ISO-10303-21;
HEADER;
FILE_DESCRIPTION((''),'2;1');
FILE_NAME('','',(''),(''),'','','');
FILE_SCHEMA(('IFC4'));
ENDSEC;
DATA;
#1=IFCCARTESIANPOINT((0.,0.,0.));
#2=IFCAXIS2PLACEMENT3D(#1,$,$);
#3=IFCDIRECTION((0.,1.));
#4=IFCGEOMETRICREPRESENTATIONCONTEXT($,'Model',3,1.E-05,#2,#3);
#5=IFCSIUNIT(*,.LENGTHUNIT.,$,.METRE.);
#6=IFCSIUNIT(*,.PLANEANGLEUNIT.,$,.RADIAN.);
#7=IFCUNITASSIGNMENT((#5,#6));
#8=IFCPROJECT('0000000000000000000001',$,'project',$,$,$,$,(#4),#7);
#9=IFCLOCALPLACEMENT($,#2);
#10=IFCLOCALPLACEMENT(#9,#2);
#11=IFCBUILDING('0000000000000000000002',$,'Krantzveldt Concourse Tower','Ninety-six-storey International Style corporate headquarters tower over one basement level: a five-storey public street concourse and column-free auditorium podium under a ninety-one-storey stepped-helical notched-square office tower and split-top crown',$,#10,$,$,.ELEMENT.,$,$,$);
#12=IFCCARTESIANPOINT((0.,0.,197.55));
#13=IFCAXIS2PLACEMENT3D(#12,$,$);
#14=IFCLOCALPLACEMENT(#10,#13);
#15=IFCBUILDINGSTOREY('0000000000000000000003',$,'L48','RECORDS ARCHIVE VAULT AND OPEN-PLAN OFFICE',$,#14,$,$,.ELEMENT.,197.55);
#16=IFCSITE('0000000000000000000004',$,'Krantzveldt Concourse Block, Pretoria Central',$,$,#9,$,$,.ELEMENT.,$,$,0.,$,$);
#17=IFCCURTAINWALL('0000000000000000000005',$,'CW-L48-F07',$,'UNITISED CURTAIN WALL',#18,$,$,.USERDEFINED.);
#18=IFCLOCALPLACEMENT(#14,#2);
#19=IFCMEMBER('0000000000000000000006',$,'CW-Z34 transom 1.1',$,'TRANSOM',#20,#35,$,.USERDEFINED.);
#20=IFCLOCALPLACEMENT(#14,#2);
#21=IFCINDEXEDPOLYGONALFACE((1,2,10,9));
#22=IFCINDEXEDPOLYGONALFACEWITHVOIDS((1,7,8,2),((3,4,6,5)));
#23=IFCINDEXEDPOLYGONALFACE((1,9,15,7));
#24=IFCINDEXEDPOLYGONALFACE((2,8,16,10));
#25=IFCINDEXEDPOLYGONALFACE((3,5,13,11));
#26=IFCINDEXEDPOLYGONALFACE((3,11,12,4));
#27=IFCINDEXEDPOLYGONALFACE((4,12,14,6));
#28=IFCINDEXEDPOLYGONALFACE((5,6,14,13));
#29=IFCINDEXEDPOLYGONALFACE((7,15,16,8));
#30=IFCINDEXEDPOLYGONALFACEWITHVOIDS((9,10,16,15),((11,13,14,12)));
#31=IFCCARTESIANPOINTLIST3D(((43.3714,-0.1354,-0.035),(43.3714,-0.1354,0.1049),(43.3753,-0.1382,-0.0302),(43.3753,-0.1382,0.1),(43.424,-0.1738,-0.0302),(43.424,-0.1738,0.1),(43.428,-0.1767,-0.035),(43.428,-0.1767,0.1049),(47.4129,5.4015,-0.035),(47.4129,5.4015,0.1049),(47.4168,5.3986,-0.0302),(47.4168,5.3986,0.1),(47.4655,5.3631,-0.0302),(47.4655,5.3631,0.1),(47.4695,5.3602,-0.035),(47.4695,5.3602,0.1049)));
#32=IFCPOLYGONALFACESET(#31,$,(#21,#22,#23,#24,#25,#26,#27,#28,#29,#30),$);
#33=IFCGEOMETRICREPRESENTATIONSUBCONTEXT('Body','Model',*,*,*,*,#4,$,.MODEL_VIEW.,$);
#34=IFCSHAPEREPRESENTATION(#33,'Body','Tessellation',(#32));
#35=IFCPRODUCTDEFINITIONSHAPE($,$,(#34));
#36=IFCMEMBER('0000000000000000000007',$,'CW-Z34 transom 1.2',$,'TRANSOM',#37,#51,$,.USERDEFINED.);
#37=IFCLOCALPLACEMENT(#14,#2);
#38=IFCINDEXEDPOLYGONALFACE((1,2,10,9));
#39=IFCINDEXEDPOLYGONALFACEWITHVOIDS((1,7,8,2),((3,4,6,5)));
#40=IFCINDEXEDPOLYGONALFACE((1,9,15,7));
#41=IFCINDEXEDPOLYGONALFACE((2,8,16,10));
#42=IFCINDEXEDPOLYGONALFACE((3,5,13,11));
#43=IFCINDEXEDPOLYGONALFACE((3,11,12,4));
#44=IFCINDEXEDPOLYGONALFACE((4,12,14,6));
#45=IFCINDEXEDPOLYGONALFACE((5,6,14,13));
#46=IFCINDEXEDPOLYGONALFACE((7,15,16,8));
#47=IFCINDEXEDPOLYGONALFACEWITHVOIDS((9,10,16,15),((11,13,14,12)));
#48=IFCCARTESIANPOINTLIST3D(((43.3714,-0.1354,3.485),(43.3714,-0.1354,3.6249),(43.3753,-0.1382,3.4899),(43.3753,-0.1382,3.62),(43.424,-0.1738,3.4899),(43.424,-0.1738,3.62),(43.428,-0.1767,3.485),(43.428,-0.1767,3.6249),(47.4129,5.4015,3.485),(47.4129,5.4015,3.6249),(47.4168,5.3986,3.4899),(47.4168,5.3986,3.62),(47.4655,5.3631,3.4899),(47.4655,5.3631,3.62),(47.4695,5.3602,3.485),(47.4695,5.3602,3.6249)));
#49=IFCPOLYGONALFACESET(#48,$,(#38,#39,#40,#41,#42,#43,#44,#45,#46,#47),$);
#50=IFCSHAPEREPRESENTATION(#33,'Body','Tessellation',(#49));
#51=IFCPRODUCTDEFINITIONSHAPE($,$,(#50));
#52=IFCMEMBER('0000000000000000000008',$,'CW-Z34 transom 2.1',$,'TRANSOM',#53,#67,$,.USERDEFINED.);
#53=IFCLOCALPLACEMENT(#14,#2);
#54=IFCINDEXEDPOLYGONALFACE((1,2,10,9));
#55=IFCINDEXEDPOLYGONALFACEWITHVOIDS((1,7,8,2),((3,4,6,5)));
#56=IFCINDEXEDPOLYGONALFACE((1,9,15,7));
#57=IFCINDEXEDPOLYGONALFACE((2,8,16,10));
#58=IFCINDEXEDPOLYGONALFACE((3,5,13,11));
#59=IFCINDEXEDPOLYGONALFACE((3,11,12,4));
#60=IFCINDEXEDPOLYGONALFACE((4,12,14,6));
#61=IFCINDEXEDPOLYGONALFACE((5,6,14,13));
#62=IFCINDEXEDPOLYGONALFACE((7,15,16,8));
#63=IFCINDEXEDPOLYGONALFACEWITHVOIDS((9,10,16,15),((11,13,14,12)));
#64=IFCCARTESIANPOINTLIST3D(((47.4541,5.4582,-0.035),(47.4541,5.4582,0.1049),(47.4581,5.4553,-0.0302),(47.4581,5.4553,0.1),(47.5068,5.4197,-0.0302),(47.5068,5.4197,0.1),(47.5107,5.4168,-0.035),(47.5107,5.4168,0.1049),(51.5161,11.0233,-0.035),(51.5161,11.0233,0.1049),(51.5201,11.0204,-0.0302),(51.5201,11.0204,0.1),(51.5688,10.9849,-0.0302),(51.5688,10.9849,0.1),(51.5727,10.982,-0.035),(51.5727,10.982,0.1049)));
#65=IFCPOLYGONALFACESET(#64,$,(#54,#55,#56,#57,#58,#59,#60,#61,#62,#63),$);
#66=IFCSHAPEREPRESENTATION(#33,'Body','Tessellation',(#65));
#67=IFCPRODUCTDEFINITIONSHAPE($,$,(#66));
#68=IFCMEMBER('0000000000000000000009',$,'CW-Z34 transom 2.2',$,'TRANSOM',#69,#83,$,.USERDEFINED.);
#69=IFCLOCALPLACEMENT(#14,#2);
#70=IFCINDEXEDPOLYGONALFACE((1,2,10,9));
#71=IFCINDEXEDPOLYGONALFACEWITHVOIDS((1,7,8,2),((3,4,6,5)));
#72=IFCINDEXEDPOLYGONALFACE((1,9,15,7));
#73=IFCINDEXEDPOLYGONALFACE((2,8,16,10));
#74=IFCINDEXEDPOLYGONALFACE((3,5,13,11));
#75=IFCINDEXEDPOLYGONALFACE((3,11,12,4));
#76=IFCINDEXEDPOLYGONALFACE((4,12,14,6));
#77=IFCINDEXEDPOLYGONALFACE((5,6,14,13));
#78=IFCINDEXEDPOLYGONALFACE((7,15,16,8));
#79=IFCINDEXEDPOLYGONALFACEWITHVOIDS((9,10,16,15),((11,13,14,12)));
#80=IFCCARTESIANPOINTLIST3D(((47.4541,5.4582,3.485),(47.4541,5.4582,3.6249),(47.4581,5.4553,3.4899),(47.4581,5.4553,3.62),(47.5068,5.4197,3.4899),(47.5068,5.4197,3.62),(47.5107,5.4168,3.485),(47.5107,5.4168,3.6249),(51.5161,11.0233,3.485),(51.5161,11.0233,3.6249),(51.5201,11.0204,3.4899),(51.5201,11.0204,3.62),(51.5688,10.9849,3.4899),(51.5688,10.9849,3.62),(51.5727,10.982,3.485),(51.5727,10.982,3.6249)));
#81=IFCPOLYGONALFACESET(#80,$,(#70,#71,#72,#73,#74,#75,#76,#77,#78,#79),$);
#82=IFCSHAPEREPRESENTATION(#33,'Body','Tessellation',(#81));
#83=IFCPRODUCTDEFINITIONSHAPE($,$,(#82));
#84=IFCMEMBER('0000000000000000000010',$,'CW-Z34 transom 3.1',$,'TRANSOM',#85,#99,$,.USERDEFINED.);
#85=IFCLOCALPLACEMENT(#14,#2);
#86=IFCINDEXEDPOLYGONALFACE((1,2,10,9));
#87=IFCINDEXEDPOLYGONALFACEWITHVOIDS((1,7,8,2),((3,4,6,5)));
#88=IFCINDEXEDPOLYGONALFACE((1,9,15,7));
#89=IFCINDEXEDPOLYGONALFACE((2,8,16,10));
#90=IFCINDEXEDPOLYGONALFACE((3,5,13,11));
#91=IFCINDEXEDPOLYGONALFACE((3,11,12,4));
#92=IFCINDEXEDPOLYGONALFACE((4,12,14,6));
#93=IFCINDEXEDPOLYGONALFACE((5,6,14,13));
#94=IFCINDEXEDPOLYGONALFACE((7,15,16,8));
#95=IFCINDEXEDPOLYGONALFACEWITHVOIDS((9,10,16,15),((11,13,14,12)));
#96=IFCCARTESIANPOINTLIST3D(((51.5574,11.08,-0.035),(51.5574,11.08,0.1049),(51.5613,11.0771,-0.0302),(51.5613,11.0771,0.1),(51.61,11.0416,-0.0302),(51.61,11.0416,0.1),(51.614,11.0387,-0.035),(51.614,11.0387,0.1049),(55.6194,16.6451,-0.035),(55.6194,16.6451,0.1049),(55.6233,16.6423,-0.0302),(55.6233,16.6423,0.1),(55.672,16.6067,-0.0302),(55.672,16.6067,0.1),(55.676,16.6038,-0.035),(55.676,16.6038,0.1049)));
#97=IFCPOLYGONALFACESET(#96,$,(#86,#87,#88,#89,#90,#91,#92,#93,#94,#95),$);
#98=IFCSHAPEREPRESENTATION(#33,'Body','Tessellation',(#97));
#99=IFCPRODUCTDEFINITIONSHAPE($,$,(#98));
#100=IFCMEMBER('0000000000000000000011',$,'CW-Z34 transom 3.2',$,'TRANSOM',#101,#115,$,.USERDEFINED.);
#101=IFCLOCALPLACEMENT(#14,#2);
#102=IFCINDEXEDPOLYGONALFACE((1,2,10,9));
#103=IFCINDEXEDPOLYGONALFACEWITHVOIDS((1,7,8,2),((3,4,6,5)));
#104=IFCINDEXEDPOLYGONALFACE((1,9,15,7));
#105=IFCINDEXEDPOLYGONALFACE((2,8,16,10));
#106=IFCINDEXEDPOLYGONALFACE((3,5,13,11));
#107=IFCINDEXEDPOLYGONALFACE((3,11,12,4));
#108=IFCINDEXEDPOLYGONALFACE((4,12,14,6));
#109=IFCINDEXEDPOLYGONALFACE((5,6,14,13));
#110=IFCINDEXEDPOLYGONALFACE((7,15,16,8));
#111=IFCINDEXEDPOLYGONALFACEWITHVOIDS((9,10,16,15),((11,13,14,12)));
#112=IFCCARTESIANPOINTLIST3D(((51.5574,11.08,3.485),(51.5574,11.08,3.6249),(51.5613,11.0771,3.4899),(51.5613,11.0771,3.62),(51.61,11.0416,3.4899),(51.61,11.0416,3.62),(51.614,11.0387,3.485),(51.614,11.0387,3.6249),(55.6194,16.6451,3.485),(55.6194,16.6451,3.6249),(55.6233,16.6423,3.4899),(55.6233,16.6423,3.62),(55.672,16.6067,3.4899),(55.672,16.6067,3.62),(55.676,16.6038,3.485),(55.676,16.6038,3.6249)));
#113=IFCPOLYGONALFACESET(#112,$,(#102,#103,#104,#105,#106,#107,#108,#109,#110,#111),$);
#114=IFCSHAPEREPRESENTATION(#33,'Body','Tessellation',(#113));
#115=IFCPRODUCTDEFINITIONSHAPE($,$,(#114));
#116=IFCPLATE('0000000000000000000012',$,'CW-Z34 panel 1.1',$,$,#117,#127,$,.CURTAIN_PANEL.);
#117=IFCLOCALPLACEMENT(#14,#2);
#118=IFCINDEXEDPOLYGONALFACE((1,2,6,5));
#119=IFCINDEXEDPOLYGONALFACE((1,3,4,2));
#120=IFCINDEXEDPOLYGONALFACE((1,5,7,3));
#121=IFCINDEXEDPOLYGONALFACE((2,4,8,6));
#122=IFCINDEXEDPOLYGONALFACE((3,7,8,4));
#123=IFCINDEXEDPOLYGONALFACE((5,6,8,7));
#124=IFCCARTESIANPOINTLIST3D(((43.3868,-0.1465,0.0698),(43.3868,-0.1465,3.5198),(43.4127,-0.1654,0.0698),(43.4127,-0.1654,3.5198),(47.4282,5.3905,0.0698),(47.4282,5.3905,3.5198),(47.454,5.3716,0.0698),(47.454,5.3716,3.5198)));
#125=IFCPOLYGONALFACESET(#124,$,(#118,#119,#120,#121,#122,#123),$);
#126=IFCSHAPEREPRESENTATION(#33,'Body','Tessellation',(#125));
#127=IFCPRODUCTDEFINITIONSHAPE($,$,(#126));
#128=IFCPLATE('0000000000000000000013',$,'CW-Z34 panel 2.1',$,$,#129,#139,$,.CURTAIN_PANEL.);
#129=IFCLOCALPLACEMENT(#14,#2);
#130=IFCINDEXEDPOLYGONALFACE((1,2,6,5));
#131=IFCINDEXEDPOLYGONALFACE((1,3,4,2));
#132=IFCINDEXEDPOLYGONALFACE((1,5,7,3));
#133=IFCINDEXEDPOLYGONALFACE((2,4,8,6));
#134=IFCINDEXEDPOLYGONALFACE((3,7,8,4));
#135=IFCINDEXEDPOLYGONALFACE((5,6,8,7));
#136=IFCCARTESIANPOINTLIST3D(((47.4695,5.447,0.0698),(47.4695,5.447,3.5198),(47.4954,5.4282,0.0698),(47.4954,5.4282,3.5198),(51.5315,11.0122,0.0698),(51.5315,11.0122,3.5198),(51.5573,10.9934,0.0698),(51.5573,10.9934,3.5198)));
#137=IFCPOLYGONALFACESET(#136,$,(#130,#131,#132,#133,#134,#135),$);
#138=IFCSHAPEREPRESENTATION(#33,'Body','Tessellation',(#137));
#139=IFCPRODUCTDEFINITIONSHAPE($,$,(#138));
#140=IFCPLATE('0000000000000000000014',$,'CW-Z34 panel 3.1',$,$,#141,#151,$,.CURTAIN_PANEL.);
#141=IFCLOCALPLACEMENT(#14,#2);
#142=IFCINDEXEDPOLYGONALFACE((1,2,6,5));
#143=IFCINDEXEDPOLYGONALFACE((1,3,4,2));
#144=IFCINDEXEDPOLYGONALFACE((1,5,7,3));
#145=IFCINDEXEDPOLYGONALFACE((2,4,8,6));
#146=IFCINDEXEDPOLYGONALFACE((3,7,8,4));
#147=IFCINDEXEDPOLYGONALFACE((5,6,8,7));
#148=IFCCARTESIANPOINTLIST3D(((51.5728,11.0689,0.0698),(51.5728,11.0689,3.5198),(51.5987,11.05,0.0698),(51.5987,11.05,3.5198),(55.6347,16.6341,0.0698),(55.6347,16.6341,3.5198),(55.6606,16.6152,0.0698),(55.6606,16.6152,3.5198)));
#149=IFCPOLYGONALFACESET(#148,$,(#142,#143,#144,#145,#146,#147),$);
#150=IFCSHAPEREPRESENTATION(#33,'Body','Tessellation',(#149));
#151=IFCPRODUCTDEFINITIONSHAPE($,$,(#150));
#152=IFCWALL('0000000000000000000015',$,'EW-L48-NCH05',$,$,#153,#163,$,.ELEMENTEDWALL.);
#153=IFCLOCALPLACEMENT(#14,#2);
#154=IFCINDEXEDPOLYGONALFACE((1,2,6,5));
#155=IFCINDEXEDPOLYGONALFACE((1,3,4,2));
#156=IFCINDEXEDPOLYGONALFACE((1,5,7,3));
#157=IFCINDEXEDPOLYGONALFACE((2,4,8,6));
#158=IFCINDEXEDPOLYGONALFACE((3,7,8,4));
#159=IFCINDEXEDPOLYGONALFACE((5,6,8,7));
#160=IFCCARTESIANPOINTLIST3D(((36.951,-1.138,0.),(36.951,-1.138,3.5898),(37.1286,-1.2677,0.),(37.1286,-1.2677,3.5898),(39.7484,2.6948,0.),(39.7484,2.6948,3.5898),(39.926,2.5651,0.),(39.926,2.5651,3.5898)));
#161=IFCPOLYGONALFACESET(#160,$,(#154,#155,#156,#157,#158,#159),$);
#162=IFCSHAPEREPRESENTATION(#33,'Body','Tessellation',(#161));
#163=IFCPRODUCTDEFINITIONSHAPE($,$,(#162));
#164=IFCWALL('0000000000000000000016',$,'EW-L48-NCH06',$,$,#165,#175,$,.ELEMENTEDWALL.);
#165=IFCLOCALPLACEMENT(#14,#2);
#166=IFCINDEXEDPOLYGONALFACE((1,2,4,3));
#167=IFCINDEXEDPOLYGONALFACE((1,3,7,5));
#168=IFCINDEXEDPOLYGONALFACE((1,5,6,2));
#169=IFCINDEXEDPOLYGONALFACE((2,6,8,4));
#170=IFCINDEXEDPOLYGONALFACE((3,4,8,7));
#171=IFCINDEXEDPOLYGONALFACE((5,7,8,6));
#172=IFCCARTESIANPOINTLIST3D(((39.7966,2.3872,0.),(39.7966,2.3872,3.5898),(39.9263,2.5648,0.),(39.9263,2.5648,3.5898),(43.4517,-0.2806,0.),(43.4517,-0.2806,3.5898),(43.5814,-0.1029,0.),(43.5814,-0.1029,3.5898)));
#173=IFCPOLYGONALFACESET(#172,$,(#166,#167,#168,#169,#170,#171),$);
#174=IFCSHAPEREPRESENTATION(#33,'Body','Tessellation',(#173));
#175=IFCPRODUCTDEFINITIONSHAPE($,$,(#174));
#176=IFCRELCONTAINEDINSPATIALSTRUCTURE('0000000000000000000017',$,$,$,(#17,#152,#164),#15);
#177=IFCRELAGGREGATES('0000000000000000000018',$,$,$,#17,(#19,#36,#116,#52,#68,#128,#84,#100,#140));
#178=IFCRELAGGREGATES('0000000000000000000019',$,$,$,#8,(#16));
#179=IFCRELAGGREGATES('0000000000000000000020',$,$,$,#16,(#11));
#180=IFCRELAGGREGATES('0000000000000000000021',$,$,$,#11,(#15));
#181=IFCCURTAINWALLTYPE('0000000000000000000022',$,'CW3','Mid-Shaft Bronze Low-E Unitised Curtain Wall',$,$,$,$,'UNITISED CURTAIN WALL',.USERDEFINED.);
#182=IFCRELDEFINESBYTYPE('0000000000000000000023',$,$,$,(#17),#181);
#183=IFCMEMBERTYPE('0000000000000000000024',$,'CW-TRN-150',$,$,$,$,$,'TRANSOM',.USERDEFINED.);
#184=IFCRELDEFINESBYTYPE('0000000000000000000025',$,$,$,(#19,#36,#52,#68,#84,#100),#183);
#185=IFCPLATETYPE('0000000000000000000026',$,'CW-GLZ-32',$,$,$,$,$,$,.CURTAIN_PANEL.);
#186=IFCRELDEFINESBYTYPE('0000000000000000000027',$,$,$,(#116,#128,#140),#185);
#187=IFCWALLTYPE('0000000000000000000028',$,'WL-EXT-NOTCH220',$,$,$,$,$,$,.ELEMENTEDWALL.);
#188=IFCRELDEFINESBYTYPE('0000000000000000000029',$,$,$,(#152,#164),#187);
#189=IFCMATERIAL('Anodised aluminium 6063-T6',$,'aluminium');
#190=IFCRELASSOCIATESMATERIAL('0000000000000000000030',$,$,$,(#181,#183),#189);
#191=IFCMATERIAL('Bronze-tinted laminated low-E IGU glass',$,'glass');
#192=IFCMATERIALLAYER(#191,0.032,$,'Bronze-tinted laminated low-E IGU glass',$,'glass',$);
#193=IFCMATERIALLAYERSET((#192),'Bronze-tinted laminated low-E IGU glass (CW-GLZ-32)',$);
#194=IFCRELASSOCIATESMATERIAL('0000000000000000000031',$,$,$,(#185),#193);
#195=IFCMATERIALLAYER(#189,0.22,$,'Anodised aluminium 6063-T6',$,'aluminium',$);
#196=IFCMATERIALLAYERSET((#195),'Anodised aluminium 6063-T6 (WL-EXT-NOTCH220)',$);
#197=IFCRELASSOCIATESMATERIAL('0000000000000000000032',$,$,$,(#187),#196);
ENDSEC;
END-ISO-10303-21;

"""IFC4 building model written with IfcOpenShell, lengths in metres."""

from ifc_helpers import new_model, si_unit, direction, frame, frame_2d, origin, origin_2d, place, context, subcontext, project, spatial, rectangle, hollow_rectangle, extrude, source, transform, mapped, material, layer, layer_set, material_profile, profile_set, type_object, type_shapes, element, aggregate, save


model = new_model("IFC4")

# Units and contexts
model_context = context("Model", 3, precision=1e-05, world=origin(), true_north=direction((0.0, 1.0)))
body_context = subcontext(model_context, "Body", "Model", "MODEL_VIEW")
ifc_project = project(units=[si_unit("LENGTHUNIT", "METRE"), si_unit("PLANEANGLEUNIT", "RADIAN")], contexts=[model_context])

# Site, building, storey
site_placement = place(None, origin())
site = spatial("IfcSite", under=ifc_project, at=site_placement, Name="Krantzveldt Concourse Block, Pretoria Central", CompositionType="ELEMENT", RefElevation=0.0)
building_placement = place(site_placement, origin())
building = spatial("IfcBuilding", under=site, at=building_placement, Name="Krantzveldt Concourse Tower", Description="Ninety-six-storey International Style corporate headquarters tower over one basement level: a five-storey public street concourse and column-free auditorium podium under a ninety-one-storey stepped-helical notched-square office tower and split-top crown", CompositionType="ELEMENT")
storey_placement = place(building_placement, frame((0.0, 0.0, 197.55)))
storey = spatial("IfcBuildingStorey", under=building, at=storey_placement, Name="L48", Description="RECORDS ARCHIVE VAULT AND OPEN-PLAN OFFICE", CompositionType="ELEMENT", Elevation=197.55)

# Shared definitions
ifc_material_1 = material(Name="Anodised aluminium 6063-T6", Category="aluminium")
curtain_wall_type = type_object("IfcCurtainWallType", Name="CW3", Description="Mid-Shaft Bronze Low-E Unitised Curtain Wall", ElementType="UNITISED CURTAIN WALL", PredefinedType="USERDEFINED", material=ifc_material_1)

# Curtain wall, members, plates
curtain_wall_1_placement = place(storey_placement, origin())
curtain_wall_1 = element("IfcCurtainWall", 1, at=curtain_wall_1_placement, inside=storey, type_object=curtain_wall_type, Name="CW-L48-F07", ObjectType="UNITISED CURTAIN WALL", PredefinedType="USERDEFINED")
ifc_material_profile_1 = material_profile(ifc_material_1, hollow_rectangle(XDim=0.0701, YDim=0.1399, WallThickness=0.0049, at=origin_2d()), Name="Anodised aluminium 6063-T6", Category="aluminium")
ifc_profile_set_1 = profile_set([ifc_material_profile_1], Name="Anodised aluminium 6063-T6 - ALU-TRAN 140x70x5")
member_type_1 = type_object("IfcMemberType", Name="CW-TRN-150", ElementType="TRANSOM", PredefinedType="USERDEFINED", material=ifc_profile_set_1)
shared_shape_1 = source(origin(), body_context, "Body", "SweptSolid", [
    extrude(hollow_rectangle(XDim=0.0701, YDim=0.1399, WallThickness=0.0049, at=origin_2d()), origin(), (0.0, 0.0, 1.0), 6.855),
])
member_1_placement = place(storey_placement, frame((43.3997, -0.156, 0.0349), z_axis=(0.589573, 0.807715, 0.0), x_axis=(-0.807715, 0.589573, 0.0)))
member_1 = element("IfcMember", 2, at=member_1_placement, type_object=member_type_1, Name="CW-Z34 transom 1.1", ObjectType="TRANSOM", PredefinedType="USERDEFINED", context=body_context, shape_type="MappedRepresentation", body=[
    mapped(shared_shape_1, transform((0.0, 0.0, 0.0), x_axis=(1.0, 0.0, 0.0), y_axis=(0.0, 1.0, 0.0), z_axis=(0.0, 0.0, 1.0), scale=1.0)),
])
member_2_placement = place(storey_placement, frame((43.3997, -0.156, 3.5549), z_axis=(0.589573, 0.807715, 0.0), x_axis=(-0.807715, 0.589573, 0.0)))
member_2 = element("IfcMember", 3, at=member_2_placement, type_object=member_type_1, Name="CW-Z34 transom 1.2", ObjectType="TRANSOM", PredefinedType="USERDEFINED", context=body_context, shape_type="MappedRepresentation", body=[
    mapped(shared_shape_1, transform((0.0, 0.0, 0.0), x_axis=(1.0, 0.0, 0.0), y_axis=(0.0, 1.0, 0.0), z_axis=(0.0, 0.0, 1.0), scale=1.0)),
])
shared_shape_2 = source(origin(), body_context, "Body", "SweptSolid", [
    extrude(hollow_rectangle(XDim=0.0701, YDim=0.1399, WallThickness=0.0049, at=origin_2d()), origin(), (0.0, 0.0, 1.0), 6.8899),
])
type_shapes(member_type_1, [shared_shape_1, shared_shape_2])
member_3_placement = place(storey_placement, frame((47.4824, 5.4375, 0.0349), z_axis=(0.589557, 0.807727, 0.0), x_axis=(-0.807727, 0.589557, 0.0)))
member_3 = element("IfcMember", 4, at=member_3_placement, type_object=member_type_1, Name="CW-Z34 transom 2.1", ObjectType="TRANSOM", PredefinedType="USERDEFINED", context=body_context, shape_type="MappedRepresentation", body=[
    mapped(shared_shape_2, transform((0.0, 0.0, 0.0), x_axis=(1.0, 0.0, 0.0), y_axis=(0.0, 1.0, 0.0), z_axis=(0.0, 0.0, 1.0), scale=1.0)),
])
member_4_placement = place(storey_placement, frame((47.4824, 5.4375, 3.5549), z_axis=(0.589557, 0.807727, 0.0), x_axis=(-0.807727, 0.589557, 0.0)))
member_4 = element("IfcMember", 5, at=member_4_placement, type_object=member_type_1, Name="CW-Z34 transom 2.2", ObjectType="TRANSOM", PredefinedType="USERDEFINED", context=body_context, shape_type="MappedRepresentation", body=[
    mapped(shared_shape_2, transform((0.0, 0.0, 0.0), x_axis=(1.0, 0.0, 0.0), y_axis=(0.0, 1.0, 0.0), z_axis=(0.0, 0.0, 1.0), scale=1.0)),
])
member_5_placement = place(storey_placement, frame((51.5857, 11.0593, 0.0349), z_axis=(0.589557, 0.807727, 0.0), x_axis=(-0.807727, 0.589557, 0.0)))
member_5 = element("IfcMember", 6, at=member_5_placement, type_object=member_type_1, Name="CW-Z34 transom 3.1", ObjectType="TRANSOM", PredefinedType="USERDEFINED", context=body_context, shape_type="MappedRepresentation", body=[
    mapped(shared_shape_2, transform((0.0, 0.0, 0.0), x_axis=(1.0, 0.0, 0.0), y_axis=(0.0, 1.0, 0.0), z_axis=(0.0, 0.0, 1.0), scale=1.0)),
])
member_6_placement = place(storey_placement, frame((51.5857, 11.0593, 3.5549), z_axis=(0.589557, 0.807727, 0.0), x_axis=(-0.807727, 0.589557, 0.0)))
member_6 = element("IfcMember", 7, at=member_6_placement, type_object=member_type_1, Name="CW-Z34 transom 3.2", ObjectType="TRANSOM", PredefinedType="USERDEFINED", context=body_context, shape_type="MappedRepresentation", body=[
    mapped(shared_shape_2, transform((0.0, 0.0, 0.0), x_axis=(1.0, 0.0, 0.0), y_axis=(0.0, 1.0, 0.0), z_axis=(0.0, 0.0, 1.0), scale=1.0)),
])
ifc_material_2 = material(Name="Bronze-tinted laminated low-E IGU glass", Category="glass")
ifc_layer_1 = layer(ifc_material_2, 0.032, Name="Bronze-tinted laminated low-E IGU glass", Category="glass")
ifc_layer_set_1 = layer_set([ifc_layer_1], Name="Bronze-tinted laminated low-E IGU glass (CW-GLZ-32)")
plate_type = type_object("IfcPlateType", Name="CW-GLZ-32", PredefinedType="CURTAIN_PANEL", material=ifc_layer_set_1)
shared_shape_3 = source(origin(), body_context, "Body", "SweptSolid", [
    extrude(rectangle(XDim=6.855, YDim=0.032, at=origin_2d()), origin(), (0.0, 0.0, 1.0), 3.45),
])
plate_1_placement = place(storey_placement, frame((45.4204, 2.6125, 0.0698), z_axis=(0.0, 0.0, 1.0), x_axis=(0.589549, 0.807733, 0.0)))
plate_1 = element("IfcPlate", 8, at=plate_1_placement, type_object=plate_type, Name="CW-Z34 panel 1.1", PredefinedType="CURTAIN_PANEL", context=body_context, shape_type="MappedRepresentation", body=[
    mapped(shared_shape_3, transform((0.0, 0.0, 0.0), x_axis=(1.0, 0.0, 0.0), y_axis=(0.0, 1.0, 0.0), z_axis=(0.0, 0.0, 1.0), scale=1.0)),
])
shared_shape_4 = source(origin(), body_context, "Body", "SweptSolid", [
    extrude(rectangle(XDim=6.8899, YDim=0.032, at=origin_2d()), origin(), (0.0, 0.0, 1.0), 3.45),
])
type_shapes(plate_type, [shared_shape_3, shared_shape_4])
plate_2_placement = place(storey_placement, frame((49.5134, 8.2202, 0.0698), z_axis=(0.0, 0.0, 1.0), x_axis=(0.589549, 0.807733, 0.0)))
plate_2 = element("IfcPlate", 9, at=plate_2_placement, type_object=plate_type, Name="CW-Z34 panel 2.1", PredefinedType="CURTAIN_PANEL", context=body_context, shape_type="MappedRepresentation", body=[
    mapped(shared_shape_4, transform((0.0, 0.0, 0.0), x_axis=(1.0, 0.0, 0.0), y_axis=(0.0, 1.0, 0.0), z_axis=(0.0, 0.0, 1.0), scale=1.0)),
])
plate_3_placement = place(storey_placement, frame((53.6167, 13.842, 0.0698), z_axis=(0.0, 0.0, 1.0), x_axis=(0.589549, 0.807733, 0.0)))
plate_3 = element("IfcPlate", 10, at=plate_3_placement, type_object=plate_type, Name="CW-Z34 panel 3.1", PredefinedType="CURTAIN_PANEL", context=body_context, shape_type="MappedRepresentation", body=[
    mapped(shared_shape_4, transform((0.0, 0.0, 0.0), x_axis=(1.0, 0.0, 0.0), y_axis=(0.0, 1.0, 0.0), z_axis=(0.0, 0.0, 1.0), scale=1.0)),
])
aggregate(curtain_wall_1, [member_1, member_2, plate_1, member_3, member_4, plate_2, member_5, member_6, plate_3])

# Walls
ifc_layer_2 = layer(ifc_material_1, 0.22, Name="Anodised aluminium 6063-T6", Category="aluminium")
ifc_layer_set_2 = layer_set([ifc_layer_2], Name="Anodised aluminium 6063-T6 (WL-EXT-NOTCH220)")
wall_type_1 = type_object("IfcWallType", Name="WL-EXT-NOTCH220", PredefinedType="ELEMENTEDWALL", material=ifc_layer_set_2)
wall_1_placement = place(storey_placement, frame((37.0398, -1.2029, 0.0), z_axis=(0.0, 0.0, 1.0), x_axis=(0.589535, 0.807743, 0.0)))
element("IfcWall", 11, at=wall_1_placement, inside=storey, type_object=wall_type_1, Name="EW-L48-NCH05", PredefinedType="ELEMENTEDWALL", context=body_context, shape_type="SweptSolid", body=[
    extrude(rectangle(XDim=4.7451, YDim=0.22, at=frame_2d((2.3726, 0.0))), origin(), (0.0, 0.0, 1.0), 3.5898),
])
wall_2_placement = place(storey_placement, frame((39.8613, 2.4761, 0.0), z_axis=(0.0, 0.0, 1.0), x_axis=(0.807734, -0.589547, 0.0)))
element("IfcWall", 12, at=wall_2_placement, inside=storey, type_object=wall_type_1, Name="EW-L48-NCH06", PredefinedType="ELEMENTEDWALL", context=body_context, shape_type="SweptSolid", body=[
    extrude(rectangle(XDim=4.5251, YDim=0.22, at=frame_2d((2.2627, 0.0))), origin(), (0.0, 0.0, 1.0), 3.5898),
])

save(model, "model.ifc")
